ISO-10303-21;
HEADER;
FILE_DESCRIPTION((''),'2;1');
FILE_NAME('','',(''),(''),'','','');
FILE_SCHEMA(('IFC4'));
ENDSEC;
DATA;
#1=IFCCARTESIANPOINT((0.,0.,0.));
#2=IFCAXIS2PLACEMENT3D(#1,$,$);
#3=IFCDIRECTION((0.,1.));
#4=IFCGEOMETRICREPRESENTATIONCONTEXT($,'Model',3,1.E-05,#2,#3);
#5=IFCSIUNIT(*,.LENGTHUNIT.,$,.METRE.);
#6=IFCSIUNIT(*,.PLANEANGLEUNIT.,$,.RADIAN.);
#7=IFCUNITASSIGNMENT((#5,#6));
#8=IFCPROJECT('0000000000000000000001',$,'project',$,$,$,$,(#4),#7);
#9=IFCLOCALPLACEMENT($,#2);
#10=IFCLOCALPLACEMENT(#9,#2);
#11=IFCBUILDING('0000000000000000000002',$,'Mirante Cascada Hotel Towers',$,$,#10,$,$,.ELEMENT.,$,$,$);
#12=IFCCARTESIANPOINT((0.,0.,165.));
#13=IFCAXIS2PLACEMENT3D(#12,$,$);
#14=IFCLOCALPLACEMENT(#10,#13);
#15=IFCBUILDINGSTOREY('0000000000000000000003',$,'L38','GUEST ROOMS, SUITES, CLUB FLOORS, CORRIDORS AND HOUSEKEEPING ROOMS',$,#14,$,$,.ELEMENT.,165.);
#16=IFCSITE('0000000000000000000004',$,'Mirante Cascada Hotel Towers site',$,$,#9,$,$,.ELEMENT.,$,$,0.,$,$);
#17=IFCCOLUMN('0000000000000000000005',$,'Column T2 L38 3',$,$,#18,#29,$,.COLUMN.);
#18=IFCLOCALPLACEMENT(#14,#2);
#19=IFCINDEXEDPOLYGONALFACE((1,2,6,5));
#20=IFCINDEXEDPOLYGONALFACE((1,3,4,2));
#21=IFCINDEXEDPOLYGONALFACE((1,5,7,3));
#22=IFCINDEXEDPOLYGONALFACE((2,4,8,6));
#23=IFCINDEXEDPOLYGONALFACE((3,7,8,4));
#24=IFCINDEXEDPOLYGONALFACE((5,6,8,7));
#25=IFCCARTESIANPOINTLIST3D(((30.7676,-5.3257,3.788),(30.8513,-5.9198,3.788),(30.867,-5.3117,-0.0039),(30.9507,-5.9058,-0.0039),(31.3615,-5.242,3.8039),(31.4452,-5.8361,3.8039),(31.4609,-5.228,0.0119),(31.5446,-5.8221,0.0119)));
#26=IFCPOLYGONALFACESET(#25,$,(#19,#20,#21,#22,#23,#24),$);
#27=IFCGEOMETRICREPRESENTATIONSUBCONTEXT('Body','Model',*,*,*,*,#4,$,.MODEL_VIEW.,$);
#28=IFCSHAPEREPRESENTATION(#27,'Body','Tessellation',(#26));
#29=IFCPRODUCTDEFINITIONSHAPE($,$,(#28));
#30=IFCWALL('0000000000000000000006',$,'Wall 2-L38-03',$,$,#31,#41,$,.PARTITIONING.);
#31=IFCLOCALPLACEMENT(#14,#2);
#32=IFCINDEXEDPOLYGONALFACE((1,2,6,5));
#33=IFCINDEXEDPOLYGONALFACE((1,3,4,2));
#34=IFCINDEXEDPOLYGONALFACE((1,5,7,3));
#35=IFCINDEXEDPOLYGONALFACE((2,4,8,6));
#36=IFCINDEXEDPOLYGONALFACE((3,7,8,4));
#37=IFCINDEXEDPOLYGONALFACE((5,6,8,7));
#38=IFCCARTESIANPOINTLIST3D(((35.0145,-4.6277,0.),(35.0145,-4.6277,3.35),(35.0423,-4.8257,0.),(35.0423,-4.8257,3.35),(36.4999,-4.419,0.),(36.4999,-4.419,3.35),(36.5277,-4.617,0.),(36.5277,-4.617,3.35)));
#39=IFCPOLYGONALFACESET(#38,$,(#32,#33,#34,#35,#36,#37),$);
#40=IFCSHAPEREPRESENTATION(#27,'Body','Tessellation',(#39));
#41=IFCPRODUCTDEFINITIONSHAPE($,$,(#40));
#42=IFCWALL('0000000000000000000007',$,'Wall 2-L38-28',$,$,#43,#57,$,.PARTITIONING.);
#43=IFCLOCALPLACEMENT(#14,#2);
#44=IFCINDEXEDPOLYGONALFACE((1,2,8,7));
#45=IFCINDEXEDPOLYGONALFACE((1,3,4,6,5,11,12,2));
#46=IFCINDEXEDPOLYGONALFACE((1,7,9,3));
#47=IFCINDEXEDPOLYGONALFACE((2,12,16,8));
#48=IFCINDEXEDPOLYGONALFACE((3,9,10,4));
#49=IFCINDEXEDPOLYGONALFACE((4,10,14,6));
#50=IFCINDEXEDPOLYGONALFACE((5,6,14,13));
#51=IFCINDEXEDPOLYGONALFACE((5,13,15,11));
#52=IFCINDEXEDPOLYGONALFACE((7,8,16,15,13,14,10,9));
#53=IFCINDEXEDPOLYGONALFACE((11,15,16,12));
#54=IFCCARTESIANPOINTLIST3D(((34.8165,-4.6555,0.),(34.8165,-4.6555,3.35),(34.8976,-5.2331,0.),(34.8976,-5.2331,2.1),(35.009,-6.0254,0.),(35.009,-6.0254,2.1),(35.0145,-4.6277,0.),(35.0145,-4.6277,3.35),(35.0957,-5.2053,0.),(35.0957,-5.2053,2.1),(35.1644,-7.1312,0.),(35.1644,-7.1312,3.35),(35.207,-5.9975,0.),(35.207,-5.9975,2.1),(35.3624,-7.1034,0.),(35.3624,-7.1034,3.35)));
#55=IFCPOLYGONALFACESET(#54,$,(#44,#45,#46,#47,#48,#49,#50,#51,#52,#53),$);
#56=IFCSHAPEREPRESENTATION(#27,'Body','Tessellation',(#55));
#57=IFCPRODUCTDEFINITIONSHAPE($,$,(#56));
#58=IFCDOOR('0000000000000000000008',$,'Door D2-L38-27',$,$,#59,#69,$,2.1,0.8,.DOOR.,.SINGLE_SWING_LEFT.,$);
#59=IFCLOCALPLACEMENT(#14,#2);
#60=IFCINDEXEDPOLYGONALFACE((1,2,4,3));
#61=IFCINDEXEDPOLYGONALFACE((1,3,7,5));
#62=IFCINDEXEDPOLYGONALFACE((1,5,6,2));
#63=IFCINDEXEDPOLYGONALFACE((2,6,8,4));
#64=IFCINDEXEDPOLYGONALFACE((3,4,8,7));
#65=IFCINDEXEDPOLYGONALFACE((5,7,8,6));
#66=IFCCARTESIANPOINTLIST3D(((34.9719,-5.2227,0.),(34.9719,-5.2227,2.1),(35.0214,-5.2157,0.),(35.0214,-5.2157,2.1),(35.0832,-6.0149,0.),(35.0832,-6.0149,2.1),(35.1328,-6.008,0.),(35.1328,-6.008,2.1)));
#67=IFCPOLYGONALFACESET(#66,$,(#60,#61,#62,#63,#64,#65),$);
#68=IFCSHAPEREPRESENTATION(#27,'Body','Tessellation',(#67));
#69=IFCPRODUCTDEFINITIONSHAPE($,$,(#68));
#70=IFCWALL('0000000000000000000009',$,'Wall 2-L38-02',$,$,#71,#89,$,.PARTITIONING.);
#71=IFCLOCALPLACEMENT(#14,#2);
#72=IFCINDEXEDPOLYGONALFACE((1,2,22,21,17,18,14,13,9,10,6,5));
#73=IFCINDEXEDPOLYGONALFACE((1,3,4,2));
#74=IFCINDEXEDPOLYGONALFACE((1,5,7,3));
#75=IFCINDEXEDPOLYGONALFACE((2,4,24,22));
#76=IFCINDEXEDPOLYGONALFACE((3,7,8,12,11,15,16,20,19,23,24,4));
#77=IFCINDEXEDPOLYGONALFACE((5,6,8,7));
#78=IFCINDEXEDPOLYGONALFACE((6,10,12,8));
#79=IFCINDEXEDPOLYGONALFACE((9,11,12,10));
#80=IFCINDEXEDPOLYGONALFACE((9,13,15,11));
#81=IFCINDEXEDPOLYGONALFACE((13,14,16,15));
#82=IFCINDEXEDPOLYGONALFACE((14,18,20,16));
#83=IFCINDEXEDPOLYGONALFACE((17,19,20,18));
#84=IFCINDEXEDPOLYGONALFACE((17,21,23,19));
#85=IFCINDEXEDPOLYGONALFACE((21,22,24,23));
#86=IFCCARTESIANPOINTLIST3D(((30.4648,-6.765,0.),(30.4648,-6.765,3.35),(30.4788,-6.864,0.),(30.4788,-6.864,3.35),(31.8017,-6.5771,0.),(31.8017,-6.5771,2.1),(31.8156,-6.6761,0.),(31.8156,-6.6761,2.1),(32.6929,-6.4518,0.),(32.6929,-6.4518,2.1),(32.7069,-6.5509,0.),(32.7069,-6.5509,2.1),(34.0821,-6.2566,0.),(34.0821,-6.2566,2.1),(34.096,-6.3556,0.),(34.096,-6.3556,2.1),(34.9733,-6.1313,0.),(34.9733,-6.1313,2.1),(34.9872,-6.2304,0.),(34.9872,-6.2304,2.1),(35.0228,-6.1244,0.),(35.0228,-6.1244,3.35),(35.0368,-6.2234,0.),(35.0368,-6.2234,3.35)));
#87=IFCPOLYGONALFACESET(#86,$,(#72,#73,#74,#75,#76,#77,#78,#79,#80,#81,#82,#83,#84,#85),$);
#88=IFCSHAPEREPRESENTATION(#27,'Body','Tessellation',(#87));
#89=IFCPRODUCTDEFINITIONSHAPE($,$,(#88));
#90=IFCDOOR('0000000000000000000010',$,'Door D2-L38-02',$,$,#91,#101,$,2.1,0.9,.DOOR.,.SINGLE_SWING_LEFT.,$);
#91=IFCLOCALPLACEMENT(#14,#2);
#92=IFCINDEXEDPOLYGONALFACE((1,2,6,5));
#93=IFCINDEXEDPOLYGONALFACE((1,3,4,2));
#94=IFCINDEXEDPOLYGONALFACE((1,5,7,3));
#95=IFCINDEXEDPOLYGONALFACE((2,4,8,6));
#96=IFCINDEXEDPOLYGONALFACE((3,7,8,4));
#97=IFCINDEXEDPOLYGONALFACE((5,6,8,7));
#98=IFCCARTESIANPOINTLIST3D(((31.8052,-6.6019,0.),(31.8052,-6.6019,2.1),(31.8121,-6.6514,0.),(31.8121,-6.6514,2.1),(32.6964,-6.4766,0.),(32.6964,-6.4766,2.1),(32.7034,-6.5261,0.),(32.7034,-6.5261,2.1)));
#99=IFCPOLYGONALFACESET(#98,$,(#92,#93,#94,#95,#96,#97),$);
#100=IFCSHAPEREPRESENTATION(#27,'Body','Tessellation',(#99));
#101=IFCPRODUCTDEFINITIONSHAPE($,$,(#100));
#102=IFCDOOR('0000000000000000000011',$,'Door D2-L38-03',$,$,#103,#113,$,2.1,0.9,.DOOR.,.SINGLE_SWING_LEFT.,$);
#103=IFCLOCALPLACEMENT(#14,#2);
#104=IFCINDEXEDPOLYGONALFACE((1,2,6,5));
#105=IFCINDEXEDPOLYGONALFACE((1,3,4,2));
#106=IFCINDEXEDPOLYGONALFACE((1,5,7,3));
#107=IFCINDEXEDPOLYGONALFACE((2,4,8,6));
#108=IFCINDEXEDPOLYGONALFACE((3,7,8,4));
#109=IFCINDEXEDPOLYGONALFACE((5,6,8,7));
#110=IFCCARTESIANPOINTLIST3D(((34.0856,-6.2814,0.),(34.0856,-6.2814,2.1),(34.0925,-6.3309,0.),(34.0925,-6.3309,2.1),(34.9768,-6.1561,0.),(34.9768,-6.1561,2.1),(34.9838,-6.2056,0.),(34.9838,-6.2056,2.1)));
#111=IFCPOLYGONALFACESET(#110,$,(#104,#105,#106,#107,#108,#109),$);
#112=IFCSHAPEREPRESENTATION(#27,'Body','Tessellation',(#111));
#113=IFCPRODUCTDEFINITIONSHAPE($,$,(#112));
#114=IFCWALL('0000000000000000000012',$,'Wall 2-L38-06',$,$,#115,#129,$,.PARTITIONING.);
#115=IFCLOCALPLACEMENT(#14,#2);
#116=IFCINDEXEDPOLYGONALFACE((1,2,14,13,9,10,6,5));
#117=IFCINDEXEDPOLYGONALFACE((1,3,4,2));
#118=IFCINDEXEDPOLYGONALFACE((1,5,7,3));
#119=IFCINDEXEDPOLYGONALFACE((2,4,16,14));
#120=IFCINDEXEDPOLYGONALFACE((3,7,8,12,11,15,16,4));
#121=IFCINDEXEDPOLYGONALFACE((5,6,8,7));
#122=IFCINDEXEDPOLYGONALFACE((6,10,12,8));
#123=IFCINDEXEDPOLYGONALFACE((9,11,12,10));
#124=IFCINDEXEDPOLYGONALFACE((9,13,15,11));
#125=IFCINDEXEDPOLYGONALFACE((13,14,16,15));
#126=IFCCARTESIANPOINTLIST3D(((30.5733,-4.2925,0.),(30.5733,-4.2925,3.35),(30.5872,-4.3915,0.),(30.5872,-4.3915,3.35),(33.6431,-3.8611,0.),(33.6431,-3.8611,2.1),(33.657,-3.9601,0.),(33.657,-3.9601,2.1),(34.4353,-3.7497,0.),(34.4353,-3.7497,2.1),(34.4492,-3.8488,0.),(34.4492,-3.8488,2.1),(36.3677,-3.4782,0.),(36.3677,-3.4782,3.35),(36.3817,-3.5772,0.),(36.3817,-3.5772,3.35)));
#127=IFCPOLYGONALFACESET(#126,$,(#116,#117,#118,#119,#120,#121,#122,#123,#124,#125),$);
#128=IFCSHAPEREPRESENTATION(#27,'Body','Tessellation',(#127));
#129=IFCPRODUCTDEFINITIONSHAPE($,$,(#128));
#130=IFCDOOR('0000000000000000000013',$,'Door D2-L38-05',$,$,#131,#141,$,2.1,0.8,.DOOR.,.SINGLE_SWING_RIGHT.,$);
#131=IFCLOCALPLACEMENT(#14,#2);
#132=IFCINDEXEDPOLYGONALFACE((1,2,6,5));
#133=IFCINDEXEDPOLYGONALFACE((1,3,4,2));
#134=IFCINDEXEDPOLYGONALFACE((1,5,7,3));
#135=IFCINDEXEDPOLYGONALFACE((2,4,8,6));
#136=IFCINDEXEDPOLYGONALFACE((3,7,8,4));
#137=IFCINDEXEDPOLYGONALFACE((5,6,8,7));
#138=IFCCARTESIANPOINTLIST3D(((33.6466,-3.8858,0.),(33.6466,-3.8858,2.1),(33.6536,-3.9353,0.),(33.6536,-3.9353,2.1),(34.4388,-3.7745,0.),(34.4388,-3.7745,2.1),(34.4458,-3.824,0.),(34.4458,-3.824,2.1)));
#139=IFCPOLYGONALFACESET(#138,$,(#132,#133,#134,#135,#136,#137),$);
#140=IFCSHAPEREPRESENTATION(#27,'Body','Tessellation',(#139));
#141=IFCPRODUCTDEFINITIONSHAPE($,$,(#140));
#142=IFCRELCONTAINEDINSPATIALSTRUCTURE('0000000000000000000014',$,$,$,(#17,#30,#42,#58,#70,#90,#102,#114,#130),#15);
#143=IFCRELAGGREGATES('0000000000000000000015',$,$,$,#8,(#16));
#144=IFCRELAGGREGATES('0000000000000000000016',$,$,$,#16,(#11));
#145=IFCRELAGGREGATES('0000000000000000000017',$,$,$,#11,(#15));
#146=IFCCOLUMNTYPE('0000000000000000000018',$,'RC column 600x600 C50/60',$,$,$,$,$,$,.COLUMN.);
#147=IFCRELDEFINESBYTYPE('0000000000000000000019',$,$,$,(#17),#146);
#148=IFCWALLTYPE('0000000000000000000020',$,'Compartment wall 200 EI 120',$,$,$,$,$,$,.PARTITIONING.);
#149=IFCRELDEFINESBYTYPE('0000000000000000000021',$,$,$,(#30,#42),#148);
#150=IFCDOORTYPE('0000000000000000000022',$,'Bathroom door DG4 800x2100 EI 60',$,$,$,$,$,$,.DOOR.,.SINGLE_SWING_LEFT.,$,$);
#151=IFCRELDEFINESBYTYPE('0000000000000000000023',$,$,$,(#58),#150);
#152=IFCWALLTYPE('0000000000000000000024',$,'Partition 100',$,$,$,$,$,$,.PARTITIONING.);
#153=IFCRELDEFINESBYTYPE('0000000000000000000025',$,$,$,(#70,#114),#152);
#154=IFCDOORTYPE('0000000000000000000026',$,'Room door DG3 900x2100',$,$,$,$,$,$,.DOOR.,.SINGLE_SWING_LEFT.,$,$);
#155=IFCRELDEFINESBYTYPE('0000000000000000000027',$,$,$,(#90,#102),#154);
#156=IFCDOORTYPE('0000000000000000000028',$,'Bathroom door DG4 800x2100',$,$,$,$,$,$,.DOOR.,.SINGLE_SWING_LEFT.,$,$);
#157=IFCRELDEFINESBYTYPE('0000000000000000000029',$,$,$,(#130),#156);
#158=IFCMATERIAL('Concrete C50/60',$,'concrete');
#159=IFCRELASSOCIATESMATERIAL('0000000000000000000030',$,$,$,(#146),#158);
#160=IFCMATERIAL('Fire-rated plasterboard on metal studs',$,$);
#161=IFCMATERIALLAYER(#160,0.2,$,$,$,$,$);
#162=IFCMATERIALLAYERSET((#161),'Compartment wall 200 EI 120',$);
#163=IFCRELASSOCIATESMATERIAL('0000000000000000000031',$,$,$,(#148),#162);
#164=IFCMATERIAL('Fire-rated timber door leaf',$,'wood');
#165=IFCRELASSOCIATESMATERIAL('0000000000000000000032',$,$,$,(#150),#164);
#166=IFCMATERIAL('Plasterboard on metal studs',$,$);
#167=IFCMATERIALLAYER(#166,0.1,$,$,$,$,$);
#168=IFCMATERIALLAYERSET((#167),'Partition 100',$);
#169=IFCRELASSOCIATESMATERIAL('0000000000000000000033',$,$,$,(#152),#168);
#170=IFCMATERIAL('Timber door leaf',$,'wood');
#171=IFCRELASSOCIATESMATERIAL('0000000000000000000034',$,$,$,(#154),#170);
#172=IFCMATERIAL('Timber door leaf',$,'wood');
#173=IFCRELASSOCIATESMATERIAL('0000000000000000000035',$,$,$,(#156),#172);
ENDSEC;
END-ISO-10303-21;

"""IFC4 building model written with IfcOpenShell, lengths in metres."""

from ifc_helpers import new_model, si_unit, direction, frame, frame_2d, origin, origin_2d, place, context, subcontext, project, spatial, rectangle, extrude, material, layer, layer_set, material_profile, profile_set, type_object, element, fill, save


model = new_model("IFC4")

# Units and contexts
model_context = context("Model", 3, precision=1e-05, world=origin(), true_north=direction((0.0, 1.0)))
body_context = subcontext(model_context, "Body", "Model", "MODEL_VIEW")
ifc_project = project(units=[si_unit("LENGTHUNIT", "METRE"), si_unit("PLANEANGLEUNIT", "RADIAN")], contexts=[model_context])

# Site, building, storey
site_placement = place(None, origin())
site = spatial("IfcSite", under=ifc_project, at=site_placement, Name="Mirante Cascada Hotel Towers site", CompositionType="ELEMENT", RefElevation=0.0)
building_placement = place(site_placement, origin())
building = spatial("IfcBuilding", under=site, at=building_placement, Name="Mirante Cascada Hotel Towers", CompositionType="ELEMENT")
storey_placement = place(building_placement, frame((0.0, 0.0, 165.0)))
storey = spatial("IfcBuildingStorey", under=building, at=storey_placement, Name="L38", Description="GUEST ROOMS, SUITES, CLUB FLOORS, CORRIDORS AND HOUSEKEEPING ROOMS", CompositionType="ELEMENT", Elevation=165.0)

# Column
ifc_material_1 = material(Name="Concrete C50/60", Category="concrete")
ifc_material_profile = material_profile(ifc_material_1, rectangle(XDim=0.6, YDim=0.6, at=origin_2d()), Name="RC column 600x600 C50/60")
ifc_profile_set = profile_set([ifc_material_profile], Name="Concrete C50/60")
column_type = type_object("IfcColumnType", Name="RC column 600x600 C50/60", PredefinedType="COLUMN", material=ifc_profile_set)
column_placement = place(storey_placement, frame((31.2058, -5.5669, 0.004), z_axis=(-0.026204, -0.003691, 0.99965), x_axis=(0.139468, -0.990227, 0.0)))
element("IfcColumn", 1, at=column_placement, inside=storey, type_object=column_type, Name="Column T2 L38 3", PredefinedType="COLUMN", context=body_context, shape_type="SweptSolid", body=[
    extrude(rectangle(XDim=0.6, YDim=0.6, at=origin_2d()), origin(), (0.0, 0.0, 1.0), 3.7933),
])

# Wall
ifc_material_2 = material(Name="Fire-rated plasterboard on metal studs")
ifc_layer_1 = layer(ifc_material_2, 0.2)
ifc_layer_set_1 = layer_set([ifc_layer_1], Name="Compartment wall 200 EI 120")
wall_type_1 = type_object("IfcWallType", Name="Compartment wall 200 EI 120", PredefinedType="PARTITIONING", material=ifc_layer_set_1)
wall_1_placement = place(storey_placement, frame((35.0284, -4.7267, 0.0), z_axis=(0.0, 0.0, 1.0), x_axis=(0.990274, 0.139134, 0.0)))
element("IfcWall", 2, at=wall_1_placement, inside=storey, type_object=wall_type_1, Name="Wall 2-L38-03", PredefinedType="PARTITIONING", context=body_context, shape_type="SweptSolid", body=[
    extrude(rectangle(XDim=1.5, YDim=0.2, at=frame_2d((0.75, 0.0))), origin(), (0.0, 0.0, 1.0), 3.35),
])

# Wall, opening, door
wall_2_placement = place(storey_placement, frame((34.9155, -4.6416, 0.0), z_axis=(0.0, 0.0, 1.0), x_axis=(0.139159, -0.99027, 0.0)))
wall_2 = element("IfcWall", 3, at=wall_2_placement, inside=storey, type_object=wall_type_1, Name="Wall 2-L38-28", PredefinedType="PARTITIONING", context=body_context, shape_type="SweptSolid", body=[
    extrude(rectangle(XDim=2.5, YDim=0.2, at=frame_2d((1.25, 0.0))), origin(), (0.0, 0.0, 1.0), 3.35),
])
opening_1_placement = place(wall_2_placement, frame((0.5833, 0.0, 0.0)))
opening_1 = element("IfcOpeningElement", 4, at=opening_1_placement, cuts=wall_2, PredefinedType="OPENING", context=body_context, shape_type="SweptSolid", body=[
    extrude(rectangle(XDim=0.8, YDim=2.1, at=frame_2d((0.4, 1.05))), frame((0.0, 0.1, 0.0), z_axis=(0.0, -1.0, 0.0), x_axis=(1.0, 0.0, 0.0)), (0.0, 0.0, 1.0), 0.2),
])
ifc_material_3 = material(Name="Fire-rated timber door leaf", Category="wood")
door_type_1 = type_object("IfcDoorType", Name="Bathroom door DG4 800x2100 EI 60", OperationType="SINGLE_SWING_LEFT", PredefinedType="DOOR", material=ifc_material_3)
door_1_placement = place(opening_1_placement, origin())
door_1 = element("IfcDoor", 5, at=door_1_placement, inside=storey, type_object=door_type_1, Name="Door D2-L38-27", OperationType="SINGLE_SWING_LEFT", OverallHeight=2.1, OverallWidth=0.8, PredefinedType="DOOR", context=body_context, shape_type="SweptSolid", body=[
    extrude(rectangle(XDim=0.8, YDim=2.1, at=frame_2d((0.4, 1.05))), frame((0.0, 0.025, 0.0), z_axis=(0.0, -1.0, 0.0), x_axis=(1.0, 0.0, 0.0)), (0.0, 0.0, 1.0), 0.05),
])
fill(opening_1, door_1)

# Wall, openings, doors
ifc_material_4 = material(Name="Plasterboard on metal studs")
ifc_layer_2 = layer(ifc_material_4, 0.1)
ifc_layer_set_2 = layer_set([ifc_layer_2], Name="Partition 100")
wall_type_2 = type_object("IfcWallType", Name="Partition 100", PredefinedType="PARTITIONING", material=ifc_layer_set_2)
wall_3_placement = place(storey_placement, frame((35.0298, -6.1739, 0.0), z_axis=(0.0, 0.0, 1.0), x_axis=(-0.990268, -0.139176, 0.0)))
wall_3 = element("IfcWall", 6, at=wall_3_placement, inside=storey, type_object=wall_type_2, Name="Wall 2-L38-02", PredefinedType="PARTITIONING", context=body_context, shape_type="SweptSolid", body=[
    extrude(rectangle(XDim=4.6028, YDim=0.1, at=frame_2d((2.3014, 0.0))), origin(), (0.0, 0.0, 1.0), 3.35),
])
opening_2_placement = place(wall_3_placement, frame((2.3528, 0.0, 0.0)))
opening_2 = element("IfcOpeningElement", 7, at=opening_2_placement, cuts=wall_3, PredefinedType="OPENING", context=body_context, shape_type="SweptSolid", body=[
    extrude(rectangle(XDim=0.9, YDim=2.1, at=frame_2d((0.45, 1.05))), frame((0.0, 0.05, 0.0), z_axis=(0.0, -1.0, 0.0), x_axis=(1.0, 0.0, 0.0)), (0.0, 0.0, 1.0), 0.1),
])
opening_3_placement = place(wall_3_placement, frame((0.05, 0.0, 0.0)))
opening_3 = element("IfcOpeningElement", 8, at=opening_3_placement, cuts=wall_3, PredefinedType="OPENING", context=body_context, shape_type="SweptSolid", body=[
    extrude(rectangle(XDim=0.9, YDim=2.1, at=frame_2d((0.45, 1.05))), frame((0.0, 0.05, 0.0), z_axis=(0.0, -1.0, 0.0), x_axis=(1.0, 0.0, 0.0)), (0.0, 0.0, 1.0), 0.1),
])
ifc_material_5 = material(Name="Timber door leaf", Category="wood")
door_type_2 = type_object("IfcDoorType", Name="Room door DG3 900x2100", OperationType="SINGLE_SWING_LEFT", PredefinedType="DOOR", material=ifc_material_5)
door_2_placement = place(opening_2_placement, origin())
door_2 = element("IfcDoor", 9, at=door_2_placement, inside=storey, type_object=door_type_2, Name="Door D2-L38-02", OperationType="SINGLE_SWING_LEFT", OverallHeight=2.1, OverallWidth=0.9, PredefinedType="DOOR", context=body_context, shape_type="SweptSolid", body=[
    extrude(rectangle(XDim=0.9, YDim=2.1, at=frame_2d((0.45, 1.05))), frame((0.0, 0.025, 0.0), z_axis=(0.0, -1.0, 0.0), x_axis=(1.0, 0.0, 0.0)), (0.0, 0.0, 1.0), 0.05),
])
fill(opening_2, door_2)
door_3_placement = place(opening_3_placement, origin())
door_3 = element("IfcDoor", 10, at=door_3_placement, inside=storey, type_object=door_type_2, Name="Door D2-L38-03", OperationType="SINGLE_SWING_LEFT", OverallHeight=2.1, OverallWidth=0.9, PredefinedType="DOOR", context=body_context, shape_type="SweptSolid", body=[
    extrude(rectangle(XDim=0.9, YDim=2.1, at=frame_2d((0.45, 1.05))), frame((0.0, 0.025, 0.0), z_axis=(0.0, -1.0, 0.0), x_axis=(1.0, 0.0, 0.0)), (0.0, 0.0, 1.0), 0.05),
])
fill(opening_3, door_3)

# Wall, opening, door
wall_4_placement = place(storey_placement, frame((36.3747, -3.5277, 0.0), z_axis=(0.0, 0.0, 1.0), x_axis=(-0.99027, -0.139162, 0.0)))
wall_4 = element("IfcWall", 11, at=wall_4_placement, inside=storey, type_object=wall_type_2, Name="Wall 2-L38-06", PredefinedType="PARTITIONING", context=body_context, shape_type="SweptSolid", body=[
    extrude(rectangle(XDim=5.8514, YDim=0.1, at=frame_2d((2.9257, 0.0))), origin(), (0.0, 0.0, 1.0), 3.35),
])
opening_4_placement = place(wall_4_placement, frame((1.9514, 0.0, 0.0)))
opening_4 = element("IfcOpeningElement", 12, at=opening_4_placement, cuts=wall_4, PredefinedType="OPENING", context=body_context, shape_type="SweptSolid", body=[
    extrude(rectangle(XDim=0.8, YDim=2.1, at=frame_2d((0.4, 1.05))), frame((0.0, 0.05, 0.0), z_axis=(0.0, -1.0, 0.0), x_axis=(1.0, 0.0, 0.0)), (0.0, 0.0, 1.0), 0.1),
])
ifc_material_6 = material(Name="Timber door leaf", Category="wood")
door_type_3 = type_object("IfcDoorType", Name="Bathroom door DG4 800x2100", OperationType="SINGLE_SWING_LEFT", PredefinedType="DOOR", material=ifc_material_6)
door_4_placement = place(opening_4_placement, frame((0.8, 0.0, 0.0), z_axis=(0.0, 0.0, 1.0), x_axis=(-1.0, 0.0, 0.0)))
door_4 = element("IfcDoor", 13, at=door_4_placement, inside=storey, type_object=door_type_3, Name="Door D2-L38-05", OperationType="SINGLE_SWING_RIGHT", OverallHeight=2.1, OverallWidth=0.8, PredefinedType="DOOR", context=body_context, shape_type="SweptSolid", body=[
    extrude(rectangle(XDim=0.8, YDim=2.1, at=frame_2d((0.4, 1.05))), frame((0.0, 0.025, 0.0), z_axis=(0.0, -1.0, 0.0), x_axis=(1.0, 0.0, 0.0)), (0.0, 0.0, 1.0), 0.05),
])
fill(opening_4, door_4)

save(model, "model.ifc")
